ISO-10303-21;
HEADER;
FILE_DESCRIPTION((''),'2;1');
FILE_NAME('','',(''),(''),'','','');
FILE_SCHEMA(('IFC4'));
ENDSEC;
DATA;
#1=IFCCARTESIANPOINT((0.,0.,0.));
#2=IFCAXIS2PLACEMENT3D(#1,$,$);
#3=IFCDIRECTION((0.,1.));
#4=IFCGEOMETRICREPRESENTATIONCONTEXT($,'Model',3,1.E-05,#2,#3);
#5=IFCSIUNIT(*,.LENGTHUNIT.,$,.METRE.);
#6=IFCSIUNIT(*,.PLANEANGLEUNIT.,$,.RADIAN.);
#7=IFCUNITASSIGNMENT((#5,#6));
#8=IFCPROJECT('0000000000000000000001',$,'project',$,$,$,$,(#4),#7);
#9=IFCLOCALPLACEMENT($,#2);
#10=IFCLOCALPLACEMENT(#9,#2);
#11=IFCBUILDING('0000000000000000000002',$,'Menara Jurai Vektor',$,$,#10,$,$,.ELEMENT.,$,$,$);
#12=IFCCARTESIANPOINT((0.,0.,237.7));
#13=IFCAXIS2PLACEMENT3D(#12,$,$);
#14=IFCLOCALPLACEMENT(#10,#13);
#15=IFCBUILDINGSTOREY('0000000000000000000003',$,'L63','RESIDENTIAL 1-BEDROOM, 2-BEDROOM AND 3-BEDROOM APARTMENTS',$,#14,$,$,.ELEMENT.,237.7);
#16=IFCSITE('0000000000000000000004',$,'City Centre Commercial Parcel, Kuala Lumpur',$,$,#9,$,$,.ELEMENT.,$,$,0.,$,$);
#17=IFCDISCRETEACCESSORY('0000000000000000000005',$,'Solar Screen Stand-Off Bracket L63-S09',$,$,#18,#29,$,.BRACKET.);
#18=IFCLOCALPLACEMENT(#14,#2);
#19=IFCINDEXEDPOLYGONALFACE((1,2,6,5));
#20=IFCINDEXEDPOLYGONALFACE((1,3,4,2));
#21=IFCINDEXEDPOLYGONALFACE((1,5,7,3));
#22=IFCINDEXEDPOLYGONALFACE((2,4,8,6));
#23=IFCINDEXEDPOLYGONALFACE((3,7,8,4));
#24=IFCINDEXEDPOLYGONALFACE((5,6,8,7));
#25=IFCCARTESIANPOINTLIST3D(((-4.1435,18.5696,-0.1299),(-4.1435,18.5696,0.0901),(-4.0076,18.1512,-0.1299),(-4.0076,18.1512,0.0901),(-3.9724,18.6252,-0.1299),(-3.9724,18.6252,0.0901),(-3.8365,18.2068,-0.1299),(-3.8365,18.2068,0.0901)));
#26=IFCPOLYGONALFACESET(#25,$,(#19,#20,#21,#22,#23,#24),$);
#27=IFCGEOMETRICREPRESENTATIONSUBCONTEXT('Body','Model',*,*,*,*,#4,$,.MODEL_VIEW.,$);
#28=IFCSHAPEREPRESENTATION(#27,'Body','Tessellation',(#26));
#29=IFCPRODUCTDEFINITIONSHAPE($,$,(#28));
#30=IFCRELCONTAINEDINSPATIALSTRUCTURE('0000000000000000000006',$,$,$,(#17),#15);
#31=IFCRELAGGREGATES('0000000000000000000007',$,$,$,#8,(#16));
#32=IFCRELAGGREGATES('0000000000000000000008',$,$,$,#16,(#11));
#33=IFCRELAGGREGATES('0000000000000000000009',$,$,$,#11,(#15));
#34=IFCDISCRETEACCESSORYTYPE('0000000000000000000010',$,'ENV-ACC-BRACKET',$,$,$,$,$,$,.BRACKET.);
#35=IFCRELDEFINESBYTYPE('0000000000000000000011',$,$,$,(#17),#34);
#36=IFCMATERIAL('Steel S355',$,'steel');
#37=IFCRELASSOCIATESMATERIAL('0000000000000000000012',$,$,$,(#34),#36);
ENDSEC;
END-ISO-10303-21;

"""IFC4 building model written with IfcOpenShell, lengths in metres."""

from ifc_helpers import new_model, si_unit, direction, frame, origin, origin_2d, place, context, subcontext, project, spatial, rectangle, extrude, material, type_object, element, save


model = new_model("IFC4")

# Units and contexts
model_context = context("Model", 3, precision=1e-05, world=origin(), true_north=direction((0.0, 1.0)))
body_context = subcontext(model_context, "Body", "Model", "MODEL_VIEW")
ifc_project = project(units=[si_unit("LENGTHUNIT", "METRE"), si_unit("PLANEANGLEUNIT", "RADIAN")], contexts=[model_context])

# Site, building, storey
site_placement = place(None, origin())
site = spatial("IfcSite", under=ifc_project, at=site_placement, Name="City Centre Commercial Parcel, Kuala Lumpur", CompositionType="ELEMENT", RefElevation=0.0)
building_placement = place(site_placement, origin())
building = spatial("IfcBuilding", under=site, at=building_placement, Name="Menara Jurai Vektor", CompositionType="ELEMENT")
storey_placement = place(building_placement, frame((0.0, 0.0, 237.7)))
storey = spatial("IfcBuildingStorey", under=building, at=storey_placement, Name="L63", Description="RESIDENTIAL 1-BEDROOM, 2-BEDROOM AND 3-BEDROOM APARTMENTS", CompositionType="ELEMENT", Elevation=237.7)

# Shared definitions
ifc_material_1 = material(Name="Steel S355", Category="steel")

# Discrete accessory
discrete_accessory_type = type_object("IfcDiscreteAccessoryType", Name="ENV-ACC-BRACKET", PredefinedType="BRACKET", material=ifc_material_1)
discrete_accessory_placement = place(storey_placement, frame((-3.99, 18.3882, -0.1299), z_axis=(0.0, 0.0, 1.0), x_axis=(-0.951057, -0.309017, 0.0)))
element("IfcDiscreteAccessory", 1, at=discrete_accessory_placement, inside=storey, type_object=discrete_accessory_type, Name="Solar Screen Stand-Off Bracket L63-S09", PredefinedType="BRACKET", context=body_context, shape_type="SweptSolid", body=[
    extrude(rectangle(XDim=0.1799, YDim=0.4399, at=origin_2d()), origin(), (0.0, 0.0, 1.0), 0.22),
])

save(model, "model.ifc")
